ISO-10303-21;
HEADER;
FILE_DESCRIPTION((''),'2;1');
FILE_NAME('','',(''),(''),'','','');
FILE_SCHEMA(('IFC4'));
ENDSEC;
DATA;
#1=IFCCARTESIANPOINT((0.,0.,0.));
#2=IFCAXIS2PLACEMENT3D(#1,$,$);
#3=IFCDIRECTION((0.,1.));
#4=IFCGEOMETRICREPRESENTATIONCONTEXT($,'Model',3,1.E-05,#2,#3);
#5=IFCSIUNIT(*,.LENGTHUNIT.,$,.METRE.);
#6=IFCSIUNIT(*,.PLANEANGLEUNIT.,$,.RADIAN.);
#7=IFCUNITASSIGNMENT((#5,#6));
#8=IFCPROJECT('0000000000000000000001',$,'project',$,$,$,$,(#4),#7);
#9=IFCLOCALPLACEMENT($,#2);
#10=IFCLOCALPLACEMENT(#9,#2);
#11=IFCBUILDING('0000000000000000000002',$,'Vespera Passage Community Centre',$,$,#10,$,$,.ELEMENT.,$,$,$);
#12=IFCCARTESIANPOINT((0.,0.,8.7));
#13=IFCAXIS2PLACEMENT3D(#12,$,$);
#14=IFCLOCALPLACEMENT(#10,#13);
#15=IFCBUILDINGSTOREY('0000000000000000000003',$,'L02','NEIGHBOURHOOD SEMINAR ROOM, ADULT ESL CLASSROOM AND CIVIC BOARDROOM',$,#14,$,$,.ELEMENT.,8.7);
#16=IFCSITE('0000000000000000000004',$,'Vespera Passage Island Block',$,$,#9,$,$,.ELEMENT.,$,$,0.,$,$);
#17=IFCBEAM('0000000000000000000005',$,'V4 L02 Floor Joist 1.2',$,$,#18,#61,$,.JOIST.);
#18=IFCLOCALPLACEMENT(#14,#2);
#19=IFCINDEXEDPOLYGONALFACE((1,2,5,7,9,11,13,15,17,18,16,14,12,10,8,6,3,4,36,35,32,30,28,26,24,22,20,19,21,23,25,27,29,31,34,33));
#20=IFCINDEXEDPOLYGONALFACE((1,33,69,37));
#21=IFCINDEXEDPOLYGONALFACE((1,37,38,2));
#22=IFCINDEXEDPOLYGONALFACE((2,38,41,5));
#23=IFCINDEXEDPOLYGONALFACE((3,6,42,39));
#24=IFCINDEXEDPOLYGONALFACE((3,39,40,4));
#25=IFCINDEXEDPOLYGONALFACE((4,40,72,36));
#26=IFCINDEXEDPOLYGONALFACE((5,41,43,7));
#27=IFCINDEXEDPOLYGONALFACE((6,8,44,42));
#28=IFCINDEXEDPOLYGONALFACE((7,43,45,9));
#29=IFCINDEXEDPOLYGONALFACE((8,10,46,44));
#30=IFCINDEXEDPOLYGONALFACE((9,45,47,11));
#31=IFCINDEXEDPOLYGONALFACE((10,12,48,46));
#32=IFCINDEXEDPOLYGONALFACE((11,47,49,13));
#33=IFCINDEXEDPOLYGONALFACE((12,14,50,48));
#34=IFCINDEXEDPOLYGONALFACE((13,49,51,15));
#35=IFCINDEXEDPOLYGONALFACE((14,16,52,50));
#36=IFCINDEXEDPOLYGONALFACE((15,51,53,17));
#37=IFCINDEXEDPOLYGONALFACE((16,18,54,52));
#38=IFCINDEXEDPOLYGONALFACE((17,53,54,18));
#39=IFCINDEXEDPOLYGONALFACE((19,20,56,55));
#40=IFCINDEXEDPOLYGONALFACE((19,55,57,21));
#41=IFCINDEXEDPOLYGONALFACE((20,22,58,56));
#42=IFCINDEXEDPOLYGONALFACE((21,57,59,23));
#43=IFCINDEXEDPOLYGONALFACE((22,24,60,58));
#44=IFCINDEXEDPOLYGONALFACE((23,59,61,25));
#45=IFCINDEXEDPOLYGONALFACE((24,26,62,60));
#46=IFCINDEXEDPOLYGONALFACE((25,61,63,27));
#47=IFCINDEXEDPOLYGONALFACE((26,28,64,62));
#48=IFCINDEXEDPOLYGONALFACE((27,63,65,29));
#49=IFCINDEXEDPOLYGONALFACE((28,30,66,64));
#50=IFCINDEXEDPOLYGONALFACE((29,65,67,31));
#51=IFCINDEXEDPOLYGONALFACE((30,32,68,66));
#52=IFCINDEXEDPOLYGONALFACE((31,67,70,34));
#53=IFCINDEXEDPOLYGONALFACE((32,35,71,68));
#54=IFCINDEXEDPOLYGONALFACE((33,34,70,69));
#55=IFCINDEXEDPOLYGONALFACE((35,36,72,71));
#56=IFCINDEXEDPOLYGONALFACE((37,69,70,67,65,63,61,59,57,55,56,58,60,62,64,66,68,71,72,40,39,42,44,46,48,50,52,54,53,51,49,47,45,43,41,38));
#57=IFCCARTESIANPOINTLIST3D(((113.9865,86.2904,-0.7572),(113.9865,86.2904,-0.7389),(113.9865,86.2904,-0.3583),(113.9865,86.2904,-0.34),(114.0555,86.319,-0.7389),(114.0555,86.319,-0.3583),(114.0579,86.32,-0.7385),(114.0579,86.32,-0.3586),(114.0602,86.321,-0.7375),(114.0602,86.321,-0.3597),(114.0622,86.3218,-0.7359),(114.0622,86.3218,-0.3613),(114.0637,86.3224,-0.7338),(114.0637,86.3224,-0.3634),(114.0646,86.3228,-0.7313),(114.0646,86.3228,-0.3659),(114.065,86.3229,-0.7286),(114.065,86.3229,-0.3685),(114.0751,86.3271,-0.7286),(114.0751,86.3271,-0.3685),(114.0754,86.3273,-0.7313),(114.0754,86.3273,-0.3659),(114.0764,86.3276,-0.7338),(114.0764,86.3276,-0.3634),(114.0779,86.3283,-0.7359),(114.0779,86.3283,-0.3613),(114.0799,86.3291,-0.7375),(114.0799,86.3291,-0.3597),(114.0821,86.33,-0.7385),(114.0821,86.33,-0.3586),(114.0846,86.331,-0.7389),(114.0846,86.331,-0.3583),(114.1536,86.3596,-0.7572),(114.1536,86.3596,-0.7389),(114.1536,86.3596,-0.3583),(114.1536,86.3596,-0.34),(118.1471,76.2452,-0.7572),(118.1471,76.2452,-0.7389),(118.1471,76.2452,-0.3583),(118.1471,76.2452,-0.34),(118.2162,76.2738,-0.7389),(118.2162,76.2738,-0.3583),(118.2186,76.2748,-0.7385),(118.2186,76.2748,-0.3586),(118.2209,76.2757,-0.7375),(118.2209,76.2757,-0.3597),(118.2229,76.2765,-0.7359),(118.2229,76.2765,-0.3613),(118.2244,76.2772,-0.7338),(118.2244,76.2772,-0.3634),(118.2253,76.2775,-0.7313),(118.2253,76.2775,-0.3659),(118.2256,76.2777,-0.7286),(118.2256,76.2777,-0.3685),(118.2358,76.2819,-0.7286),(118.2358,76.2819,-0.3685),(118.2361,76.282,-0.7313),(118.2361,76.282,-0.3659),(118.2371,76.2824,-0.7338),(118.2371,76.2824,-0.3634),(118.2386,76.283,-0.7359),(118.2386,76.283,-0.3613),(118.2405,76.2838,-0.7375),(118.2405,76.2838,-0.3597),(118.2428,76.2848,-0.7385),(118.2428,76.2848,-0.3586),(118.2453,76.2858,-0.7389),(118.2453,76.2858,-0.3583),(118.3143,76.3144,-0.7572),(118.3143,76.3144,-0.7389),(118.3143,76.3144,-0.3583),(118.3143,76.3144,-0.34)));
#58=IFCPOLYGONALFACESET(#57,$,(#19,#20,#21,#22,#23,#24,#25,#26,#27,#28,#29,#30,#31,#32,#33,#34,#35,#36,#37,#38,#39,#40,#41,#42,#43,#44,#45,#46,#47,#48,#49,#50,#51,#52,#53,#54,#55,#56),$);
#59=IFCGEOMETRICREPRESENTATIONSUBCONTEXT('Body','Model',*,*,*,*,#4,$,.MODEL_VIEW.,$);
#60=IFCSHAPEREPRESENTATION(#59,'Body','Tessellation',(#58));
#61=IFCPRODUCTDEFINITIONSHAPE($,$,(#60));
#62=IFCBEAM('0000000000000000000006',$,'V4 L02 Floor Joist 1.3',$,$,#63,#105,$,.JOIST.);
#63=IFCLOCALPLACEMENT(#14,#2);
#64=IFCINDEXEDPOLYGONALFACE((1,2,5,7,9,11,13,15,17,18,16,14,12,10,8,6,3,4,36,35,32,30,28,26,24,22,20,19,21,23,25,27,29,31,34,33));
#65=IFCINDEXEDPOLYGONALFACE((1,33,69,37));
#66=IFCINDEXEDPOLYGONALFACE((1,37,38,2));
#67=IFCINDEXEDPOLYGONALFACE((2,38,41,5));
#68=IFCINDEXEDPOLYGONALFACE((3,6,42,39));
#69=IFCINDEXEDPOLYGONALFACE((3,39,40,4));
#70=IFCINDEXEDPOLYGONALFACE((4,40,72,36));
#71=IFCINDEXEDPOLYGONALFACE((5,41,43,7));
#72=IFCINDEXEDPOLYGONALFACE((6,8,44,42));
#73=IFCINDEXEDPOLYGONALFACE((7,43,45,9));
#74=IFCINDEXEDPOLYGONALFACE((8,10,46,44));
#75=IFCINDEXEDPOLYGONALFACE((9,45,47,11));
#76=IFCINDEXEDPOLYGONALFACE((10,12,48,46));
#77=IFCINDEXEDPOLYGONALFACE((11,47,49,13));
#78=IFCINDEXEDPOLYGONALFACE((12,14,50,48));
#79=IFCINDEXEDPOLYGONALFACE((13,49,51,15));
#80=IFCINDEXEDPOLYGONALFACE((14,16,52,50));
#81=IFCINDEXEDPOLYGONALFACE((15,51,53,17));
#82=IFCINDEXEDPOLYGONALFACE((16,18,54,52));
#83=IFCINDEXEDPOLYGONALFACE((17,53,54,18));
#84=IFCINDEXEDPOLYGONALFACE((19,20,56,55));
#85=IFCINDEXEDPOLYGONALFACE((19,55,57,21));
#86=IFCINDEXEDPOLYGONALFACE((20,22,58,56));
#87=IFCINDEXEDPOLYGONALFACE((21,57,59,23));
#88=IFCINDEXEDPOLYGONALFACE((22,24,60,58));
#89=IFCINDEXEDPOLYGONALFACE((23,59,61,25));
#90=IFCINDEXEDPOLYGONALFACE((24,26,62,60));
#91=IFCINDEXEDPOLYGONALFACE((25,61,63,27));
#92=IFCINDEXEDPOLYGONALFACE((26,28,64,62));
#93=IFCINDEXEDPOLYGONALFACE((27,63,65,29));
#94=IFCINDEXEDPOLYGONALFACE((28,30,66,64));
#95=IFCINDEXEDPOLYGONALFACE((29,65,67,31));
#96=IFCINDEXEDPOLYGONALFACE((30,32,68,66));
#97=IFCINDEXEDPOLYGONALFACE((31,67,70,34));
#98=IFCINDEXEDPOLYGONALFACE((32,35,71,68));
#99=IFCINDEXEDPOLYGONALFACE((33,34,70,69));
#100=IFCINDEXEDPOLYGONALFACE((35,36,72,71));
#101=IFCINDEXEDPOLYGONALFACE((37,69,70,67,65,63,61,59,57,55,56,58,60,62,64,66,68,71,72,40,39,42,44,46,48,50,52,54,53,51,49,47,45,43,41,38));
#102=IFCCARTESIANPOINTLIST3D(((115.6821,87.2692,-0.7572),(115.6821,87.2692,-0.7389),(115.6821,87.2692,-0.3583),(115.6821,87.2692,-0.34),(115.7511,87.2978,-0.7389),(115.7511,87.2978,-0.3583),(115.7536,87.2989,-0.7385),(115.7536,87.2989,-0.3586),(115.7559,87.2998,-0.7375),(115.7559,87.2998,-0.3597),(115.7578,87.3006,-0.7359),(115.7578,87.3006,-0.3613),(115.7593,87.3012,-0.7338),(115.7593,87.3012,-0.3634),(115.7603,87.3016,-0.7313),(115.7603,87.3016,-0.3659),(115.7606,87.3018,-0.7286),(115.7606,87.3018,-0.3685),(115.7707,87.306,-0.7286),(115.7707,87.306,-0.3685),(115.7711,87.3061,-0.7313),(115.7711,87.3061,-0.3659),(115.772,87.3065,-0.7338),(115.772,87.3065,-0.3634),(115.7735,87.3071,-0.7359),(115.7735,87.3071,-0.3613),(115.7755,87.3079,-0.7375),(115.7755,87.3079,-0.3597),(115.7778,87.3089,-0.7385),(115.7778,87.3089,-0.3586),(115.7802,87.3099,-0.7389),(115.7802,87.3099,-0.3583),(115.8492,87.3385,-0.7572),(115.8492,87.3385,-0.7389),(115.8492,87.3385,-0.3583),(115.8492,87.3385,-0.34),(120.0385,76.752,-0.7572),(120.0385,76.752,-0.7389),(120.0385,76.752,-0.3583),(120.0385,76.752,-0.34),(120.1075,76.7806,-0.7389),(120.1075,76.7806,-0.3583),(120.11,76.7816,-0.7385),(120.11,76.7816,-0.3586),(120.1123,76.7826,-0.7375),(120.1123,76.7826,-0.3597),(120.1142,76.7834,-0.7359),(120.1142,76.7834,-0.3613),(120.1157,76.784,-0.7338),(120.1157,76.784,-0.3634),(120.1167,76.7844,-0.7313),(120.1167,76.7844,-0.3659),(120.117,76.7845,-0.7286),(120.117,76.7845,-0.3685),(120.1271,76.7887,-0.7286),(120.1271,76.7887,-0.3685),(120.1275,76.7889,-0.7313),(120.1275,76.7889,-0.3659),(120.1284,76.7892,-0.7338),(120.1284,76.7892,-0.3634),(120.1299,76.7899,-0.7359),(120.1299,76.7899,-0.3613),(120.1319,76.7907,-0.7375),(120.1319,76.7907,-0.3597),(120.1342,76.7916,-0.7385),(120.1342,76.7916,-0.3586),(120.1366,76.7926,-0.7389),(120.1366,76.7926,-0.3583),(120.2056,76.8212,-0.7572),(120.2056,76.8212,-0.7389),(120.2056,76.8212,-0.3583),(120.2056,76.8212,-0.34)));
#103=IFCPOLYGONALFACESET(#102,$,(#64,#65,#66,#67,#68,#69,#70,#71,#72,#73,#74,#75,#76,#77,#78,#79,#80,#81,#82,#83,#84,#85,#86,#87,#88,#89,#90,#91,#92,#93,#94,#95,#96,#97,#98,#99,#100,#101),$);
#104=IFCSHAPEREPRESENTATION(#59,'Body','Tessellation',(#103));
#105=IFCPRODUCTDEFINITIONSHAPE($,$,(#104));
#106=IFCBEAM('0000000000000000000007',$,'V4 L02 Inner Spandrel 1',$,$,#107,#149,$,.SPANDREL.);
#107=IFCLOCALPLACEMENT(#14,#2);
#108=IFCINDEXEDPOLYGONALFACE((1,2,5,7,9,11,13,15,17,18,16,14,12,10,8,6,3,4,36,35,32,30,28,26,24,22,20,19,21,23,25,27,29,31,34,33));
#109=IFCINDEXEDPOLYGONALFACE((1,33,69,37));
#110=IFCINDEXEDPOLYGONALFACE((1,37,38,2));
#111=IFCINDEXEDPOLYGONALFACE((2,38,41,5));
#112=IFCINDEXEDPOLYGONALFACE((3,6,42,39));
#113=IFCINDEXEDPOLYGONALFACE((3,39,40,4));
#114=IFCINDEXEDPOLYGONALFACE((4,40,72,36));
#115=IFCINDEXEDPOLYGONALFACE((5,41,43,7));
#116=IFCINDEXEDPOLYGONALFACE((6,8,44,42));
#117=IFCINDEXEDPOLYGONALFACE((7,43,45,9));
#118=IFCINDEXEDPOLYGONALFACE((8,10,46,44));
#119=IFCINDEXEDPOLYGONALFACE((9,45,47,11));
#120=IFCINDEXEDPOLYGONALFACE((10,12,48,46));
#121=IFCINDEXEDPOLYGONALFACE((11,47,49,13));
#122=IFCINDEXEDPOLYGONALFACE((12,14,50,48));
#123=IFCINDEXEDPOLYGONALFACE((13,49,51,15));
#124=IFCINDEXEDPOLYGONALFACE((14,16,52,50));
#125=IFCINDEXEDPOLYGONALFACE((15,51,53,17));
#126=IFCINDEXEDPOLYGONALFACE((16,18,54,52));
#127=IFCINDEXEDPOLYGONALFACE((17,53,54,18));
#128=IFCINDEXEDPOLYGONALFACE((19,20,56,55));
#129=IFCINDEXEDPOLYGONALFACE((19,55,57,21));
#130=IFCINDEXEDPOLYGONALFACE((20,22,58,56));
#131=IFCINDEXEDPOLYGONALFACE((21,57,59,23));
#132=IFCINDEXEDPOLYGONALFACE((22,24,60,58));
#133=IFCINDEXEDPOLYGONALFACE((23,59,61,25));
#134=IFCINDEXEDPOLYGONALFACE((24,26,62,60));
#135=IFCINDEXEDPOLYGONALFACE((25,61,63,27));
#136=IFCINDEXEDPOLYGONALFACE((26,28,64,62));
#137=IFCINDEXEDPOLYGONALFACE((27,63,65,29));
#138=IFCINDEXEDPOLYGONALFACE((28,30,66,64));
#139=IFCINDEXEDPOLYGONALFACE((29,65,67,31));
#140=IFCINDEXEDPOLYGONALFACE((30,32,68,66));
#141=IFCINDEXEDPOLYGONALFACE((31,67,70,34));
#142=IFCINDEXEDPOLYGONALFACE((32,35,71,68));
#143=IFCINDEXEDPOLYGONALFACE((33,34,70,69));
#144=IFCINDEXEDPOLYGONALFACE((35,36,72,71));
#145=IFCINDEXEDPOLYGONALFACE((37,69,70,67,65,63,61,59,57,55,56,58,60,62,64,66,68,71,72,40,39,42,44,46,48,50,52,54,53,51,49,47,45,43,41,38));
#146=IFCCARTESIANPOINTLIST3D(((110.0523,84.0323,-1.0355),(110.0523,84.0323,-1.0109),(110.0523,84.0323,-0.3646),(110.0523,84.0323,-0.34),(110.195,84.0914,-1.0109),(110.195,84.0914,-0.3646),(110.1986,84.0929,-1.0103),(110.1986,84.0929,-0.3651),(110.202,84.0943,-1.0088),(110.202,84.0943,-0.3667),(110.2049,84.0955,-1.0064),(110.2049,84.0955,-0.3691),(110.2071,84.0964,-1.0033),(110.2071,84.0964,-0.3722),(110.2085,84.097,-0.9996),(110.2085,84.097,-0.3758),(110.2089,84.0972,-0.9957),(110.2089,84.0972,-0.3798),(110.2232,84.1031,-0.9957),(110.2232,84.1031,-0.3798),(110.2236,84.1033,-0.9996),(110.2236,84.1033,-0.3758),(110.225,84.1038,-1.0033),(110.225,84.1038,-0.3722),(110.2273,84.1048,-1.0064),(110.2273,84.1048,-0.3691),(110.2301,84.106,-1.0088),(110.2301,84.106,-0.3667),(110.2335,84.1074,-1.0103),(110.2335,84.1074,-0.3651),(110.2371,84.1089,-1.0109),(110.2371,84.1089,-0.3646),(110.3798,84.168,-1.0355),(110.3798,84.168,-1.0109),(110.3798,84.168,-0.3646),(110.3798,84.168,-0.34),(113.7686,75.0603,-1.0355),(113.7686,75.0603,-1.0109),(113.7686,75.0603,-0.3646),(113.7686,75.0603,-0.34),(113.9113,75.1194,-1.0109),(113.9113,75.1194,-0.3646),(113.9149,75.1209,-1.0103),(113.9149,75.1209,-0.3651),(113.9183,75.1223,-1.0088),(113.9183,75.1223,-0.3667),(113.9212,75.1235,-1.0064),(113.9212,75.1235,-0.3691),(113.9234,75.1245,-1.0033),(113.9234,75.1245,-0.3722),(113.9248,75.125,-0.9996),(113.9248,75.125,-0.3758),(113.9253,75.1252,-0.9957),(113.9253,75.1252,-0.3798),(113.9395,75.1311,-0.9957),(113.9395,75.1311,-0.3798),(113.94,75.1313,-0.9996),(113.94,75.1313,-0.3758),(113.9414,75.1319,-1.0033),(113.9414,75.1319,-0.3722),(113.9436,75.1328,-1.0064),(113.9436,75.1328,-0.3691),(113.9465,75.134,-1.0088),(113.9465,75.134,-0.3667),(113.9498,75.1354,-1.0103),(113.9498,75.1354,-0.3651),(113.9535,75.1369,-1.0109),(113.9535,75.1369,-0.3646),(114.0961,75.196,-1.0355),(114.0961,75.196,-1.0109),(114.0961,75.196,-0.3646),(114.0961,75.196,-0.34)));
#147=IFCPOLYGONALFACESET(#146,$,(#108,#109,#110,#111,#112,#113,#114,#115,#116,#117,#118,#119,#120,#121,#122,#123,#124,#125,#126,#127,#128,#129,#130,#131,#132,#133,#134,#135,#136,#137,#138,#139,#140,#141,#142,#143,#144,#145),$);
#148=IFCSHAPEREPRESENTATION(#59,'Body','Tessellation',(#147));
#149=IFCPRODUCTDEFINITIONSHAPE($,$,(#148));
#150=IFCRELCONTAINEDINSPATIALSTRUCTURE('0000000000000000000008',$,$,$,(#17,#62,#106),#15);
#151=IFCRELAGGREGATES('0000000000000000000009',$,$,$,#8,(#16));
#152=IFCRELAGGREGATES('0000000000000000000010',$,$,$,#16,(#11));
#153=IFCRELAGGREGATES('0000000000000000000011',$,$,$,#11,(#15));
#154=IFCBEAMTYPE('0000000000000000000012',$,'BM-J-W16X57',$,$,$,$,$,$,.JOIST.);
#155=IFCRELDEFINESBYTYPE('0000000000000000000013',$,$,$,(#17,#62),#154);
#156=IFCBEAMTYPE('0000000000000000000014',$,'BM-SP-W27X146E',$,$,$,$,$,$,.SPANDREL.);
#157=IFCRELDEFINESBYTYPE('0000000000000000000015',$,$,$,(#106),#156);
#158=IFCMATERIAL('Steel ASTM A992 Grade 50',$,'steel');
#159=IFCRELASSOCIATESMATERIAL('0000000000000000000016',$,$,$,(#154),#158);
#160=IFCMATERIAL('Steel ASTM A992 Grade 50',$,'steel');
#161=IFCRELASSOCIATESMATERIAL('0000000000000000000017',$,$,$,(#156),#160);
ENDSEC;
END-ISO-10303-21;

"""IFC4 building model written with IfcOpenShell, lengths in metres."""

from ifc_helpers import new_model, si_unit, direction, frame, origin, origin_2d, place, context, subcontext, project, spatial, i_section, extrude, material, material_profile, profile_set, type_object, element, save


model = new_model("IFC4")

# Units and contexts
model_context = context("Model", 3, precision=1e-05, world=origin(), true_north=direction((0.0, 1.0)))
body_context = subcontext(model_context, "Body", "Model", "MODEL_VIEW")
ifc_project = project(units=[si_unit("LENGTHUNIT", "METRE"), si_unit("PLANEANGLEUNIT", "RADIAN")], contexts=[model_context])

# Site, building, storey
site_placement = place(None, origin())
site = spatial("IfcSite", under=ifc_project, at=site_placement, Name="Vespera Passage Island Block", CompositionType="ELEMENT", RefElevation=0.0)
building_placement = place(site_placement, origin())
building = spatial("IfcBuilding", under=site, at=building_placement, Name="Vespera Passage Community Centre", CompositionType="ELEMENT")
storey_placement = place(building_placement, frame((0.0, 0.0, 8.7)))
storey = spatial("IfcBuildingStorey", under=building, at=storey_placement, Name="L02", Description="NEIGHBOURHOOD SEMINAR ROOM, ADULT ESL CLASSROOM AND CIVIC BOARDROOM", CompositionType="ELEMENT", Elevation=8.7)

# Beams
ifc_material_1 = material(Name="Steel ASTM A992 Grade 50", Category="steel")
ifc_material_profile_1 = material_profile(ifc_material_1, i_section(OverallWidth=0.1809, OverallDepth=0.4172, WebThickness=0.011, FlangeThickness=0.0183, FilletRadius=0.0103, at=origin_2d()), Name="W16X57")
ifc_profile_set_1 = profile_set([ifc_material_profile_1], Name="Steel ASTM A992 Grade 50")
beam_type_1 = type_object("IfcBeamType", Name="BM-J-W16X57", PredefinedType="JOIST", material=ifc_profile_set_1)
beam_1_placement = place(storey_placement, frame((118.2307, 76.2798, -0.5486), z_axis=(-0.382668, 0.923886, 0.0), x_axis=(-0.923886, -0.382668, 0.0)))
element("IfcBeam", 1, at=beam_1_placement, inside=storey, type_object=beam_type_1, Name="V4 L02 Floor Joist 1.2", PredefinedType="JOIST", context=body_context, shape_type="SweptSolid", body=[
    extrude(i_section(OverallWidth=0.1809, OverallDepth=0.4172, WebThickness=0.011, FlangeThickness=0.0183, FilletRadius=0.0103, at=origin_2d()), origin(), (0.0, 0.0, 1.0), 10.8728),
])
beam_2_placement = place(storey_placement, frame((120.1221, 76.7866, -0.5486), z_axis=(-0.382685, 0.923879, 0.0), x_axis=(-0.923879, -0.382685, 0.0)))
element("IfcBeam", 2, at=beam_2_placement, inside=storey, type_object=beam_type_1, Name="V4 L02 Floor Joist 1.3", PredefinedType="JOIST", context=body_context, shape_type="SweptSolid", body=[
    extrude(i_section(OverallWidth=0.1809, OverallDepth=0.4172, WebThickness=0.011, FlangeThickness=0.0183, FilletRadius=0.0103, at=origin_2d()), origin(), (0.0, 0.0, 1.0), 11.3838),
])
ifc_material_2 = material(Name="Steel ASTM A992 Grade 50", Category="steel")
ifc_material_profile_2 = material_profile(ifc_material_2, i_section(OverallWidth=0.3545, OverallDepth=0.6956, WebThickness=0.0154, FlangeThickness=0.0247, FilletRadius=0.0151, at=origin_2d()), Name="W27X146")
ifc_profile_set_2 = profile_set([ifc_material_profile_2], Name="Steel ASTM A992 Grade 50")
beam_type_2 = type_object("IfcBeamType", Name="BM-SP-W27X146E", PredefinedType="SPANDREL", material=ifc_profile_set_2)
beam_3_placement = place(storey_placement, frame((113.9324, 75.1282, -0.6877), z_axis=(-0.382685, 0.923879, 0.0), x_axis=(-0.923879, -0.382685, 0.0)))
element("IfcBeam", 3, at=beam_3_placement, inside=storey, type_object=beam_type_2, Name="V4 L02 Inner Spandrel 1", PredefinedType="SPANDREL", context=body_context, shape_type="SweptSolid", body=[
    extrude(i_section(OverallWidth=0.3545, OverallDepth=0.6956, WebThickness=0.0154, FlangeThickness=0.0247, FilletRadius=0.0151, at=origin_2d()), origin(), (0.0, 0.0, 1.0), 9.7112),
])

save(model, "model.ifc")
